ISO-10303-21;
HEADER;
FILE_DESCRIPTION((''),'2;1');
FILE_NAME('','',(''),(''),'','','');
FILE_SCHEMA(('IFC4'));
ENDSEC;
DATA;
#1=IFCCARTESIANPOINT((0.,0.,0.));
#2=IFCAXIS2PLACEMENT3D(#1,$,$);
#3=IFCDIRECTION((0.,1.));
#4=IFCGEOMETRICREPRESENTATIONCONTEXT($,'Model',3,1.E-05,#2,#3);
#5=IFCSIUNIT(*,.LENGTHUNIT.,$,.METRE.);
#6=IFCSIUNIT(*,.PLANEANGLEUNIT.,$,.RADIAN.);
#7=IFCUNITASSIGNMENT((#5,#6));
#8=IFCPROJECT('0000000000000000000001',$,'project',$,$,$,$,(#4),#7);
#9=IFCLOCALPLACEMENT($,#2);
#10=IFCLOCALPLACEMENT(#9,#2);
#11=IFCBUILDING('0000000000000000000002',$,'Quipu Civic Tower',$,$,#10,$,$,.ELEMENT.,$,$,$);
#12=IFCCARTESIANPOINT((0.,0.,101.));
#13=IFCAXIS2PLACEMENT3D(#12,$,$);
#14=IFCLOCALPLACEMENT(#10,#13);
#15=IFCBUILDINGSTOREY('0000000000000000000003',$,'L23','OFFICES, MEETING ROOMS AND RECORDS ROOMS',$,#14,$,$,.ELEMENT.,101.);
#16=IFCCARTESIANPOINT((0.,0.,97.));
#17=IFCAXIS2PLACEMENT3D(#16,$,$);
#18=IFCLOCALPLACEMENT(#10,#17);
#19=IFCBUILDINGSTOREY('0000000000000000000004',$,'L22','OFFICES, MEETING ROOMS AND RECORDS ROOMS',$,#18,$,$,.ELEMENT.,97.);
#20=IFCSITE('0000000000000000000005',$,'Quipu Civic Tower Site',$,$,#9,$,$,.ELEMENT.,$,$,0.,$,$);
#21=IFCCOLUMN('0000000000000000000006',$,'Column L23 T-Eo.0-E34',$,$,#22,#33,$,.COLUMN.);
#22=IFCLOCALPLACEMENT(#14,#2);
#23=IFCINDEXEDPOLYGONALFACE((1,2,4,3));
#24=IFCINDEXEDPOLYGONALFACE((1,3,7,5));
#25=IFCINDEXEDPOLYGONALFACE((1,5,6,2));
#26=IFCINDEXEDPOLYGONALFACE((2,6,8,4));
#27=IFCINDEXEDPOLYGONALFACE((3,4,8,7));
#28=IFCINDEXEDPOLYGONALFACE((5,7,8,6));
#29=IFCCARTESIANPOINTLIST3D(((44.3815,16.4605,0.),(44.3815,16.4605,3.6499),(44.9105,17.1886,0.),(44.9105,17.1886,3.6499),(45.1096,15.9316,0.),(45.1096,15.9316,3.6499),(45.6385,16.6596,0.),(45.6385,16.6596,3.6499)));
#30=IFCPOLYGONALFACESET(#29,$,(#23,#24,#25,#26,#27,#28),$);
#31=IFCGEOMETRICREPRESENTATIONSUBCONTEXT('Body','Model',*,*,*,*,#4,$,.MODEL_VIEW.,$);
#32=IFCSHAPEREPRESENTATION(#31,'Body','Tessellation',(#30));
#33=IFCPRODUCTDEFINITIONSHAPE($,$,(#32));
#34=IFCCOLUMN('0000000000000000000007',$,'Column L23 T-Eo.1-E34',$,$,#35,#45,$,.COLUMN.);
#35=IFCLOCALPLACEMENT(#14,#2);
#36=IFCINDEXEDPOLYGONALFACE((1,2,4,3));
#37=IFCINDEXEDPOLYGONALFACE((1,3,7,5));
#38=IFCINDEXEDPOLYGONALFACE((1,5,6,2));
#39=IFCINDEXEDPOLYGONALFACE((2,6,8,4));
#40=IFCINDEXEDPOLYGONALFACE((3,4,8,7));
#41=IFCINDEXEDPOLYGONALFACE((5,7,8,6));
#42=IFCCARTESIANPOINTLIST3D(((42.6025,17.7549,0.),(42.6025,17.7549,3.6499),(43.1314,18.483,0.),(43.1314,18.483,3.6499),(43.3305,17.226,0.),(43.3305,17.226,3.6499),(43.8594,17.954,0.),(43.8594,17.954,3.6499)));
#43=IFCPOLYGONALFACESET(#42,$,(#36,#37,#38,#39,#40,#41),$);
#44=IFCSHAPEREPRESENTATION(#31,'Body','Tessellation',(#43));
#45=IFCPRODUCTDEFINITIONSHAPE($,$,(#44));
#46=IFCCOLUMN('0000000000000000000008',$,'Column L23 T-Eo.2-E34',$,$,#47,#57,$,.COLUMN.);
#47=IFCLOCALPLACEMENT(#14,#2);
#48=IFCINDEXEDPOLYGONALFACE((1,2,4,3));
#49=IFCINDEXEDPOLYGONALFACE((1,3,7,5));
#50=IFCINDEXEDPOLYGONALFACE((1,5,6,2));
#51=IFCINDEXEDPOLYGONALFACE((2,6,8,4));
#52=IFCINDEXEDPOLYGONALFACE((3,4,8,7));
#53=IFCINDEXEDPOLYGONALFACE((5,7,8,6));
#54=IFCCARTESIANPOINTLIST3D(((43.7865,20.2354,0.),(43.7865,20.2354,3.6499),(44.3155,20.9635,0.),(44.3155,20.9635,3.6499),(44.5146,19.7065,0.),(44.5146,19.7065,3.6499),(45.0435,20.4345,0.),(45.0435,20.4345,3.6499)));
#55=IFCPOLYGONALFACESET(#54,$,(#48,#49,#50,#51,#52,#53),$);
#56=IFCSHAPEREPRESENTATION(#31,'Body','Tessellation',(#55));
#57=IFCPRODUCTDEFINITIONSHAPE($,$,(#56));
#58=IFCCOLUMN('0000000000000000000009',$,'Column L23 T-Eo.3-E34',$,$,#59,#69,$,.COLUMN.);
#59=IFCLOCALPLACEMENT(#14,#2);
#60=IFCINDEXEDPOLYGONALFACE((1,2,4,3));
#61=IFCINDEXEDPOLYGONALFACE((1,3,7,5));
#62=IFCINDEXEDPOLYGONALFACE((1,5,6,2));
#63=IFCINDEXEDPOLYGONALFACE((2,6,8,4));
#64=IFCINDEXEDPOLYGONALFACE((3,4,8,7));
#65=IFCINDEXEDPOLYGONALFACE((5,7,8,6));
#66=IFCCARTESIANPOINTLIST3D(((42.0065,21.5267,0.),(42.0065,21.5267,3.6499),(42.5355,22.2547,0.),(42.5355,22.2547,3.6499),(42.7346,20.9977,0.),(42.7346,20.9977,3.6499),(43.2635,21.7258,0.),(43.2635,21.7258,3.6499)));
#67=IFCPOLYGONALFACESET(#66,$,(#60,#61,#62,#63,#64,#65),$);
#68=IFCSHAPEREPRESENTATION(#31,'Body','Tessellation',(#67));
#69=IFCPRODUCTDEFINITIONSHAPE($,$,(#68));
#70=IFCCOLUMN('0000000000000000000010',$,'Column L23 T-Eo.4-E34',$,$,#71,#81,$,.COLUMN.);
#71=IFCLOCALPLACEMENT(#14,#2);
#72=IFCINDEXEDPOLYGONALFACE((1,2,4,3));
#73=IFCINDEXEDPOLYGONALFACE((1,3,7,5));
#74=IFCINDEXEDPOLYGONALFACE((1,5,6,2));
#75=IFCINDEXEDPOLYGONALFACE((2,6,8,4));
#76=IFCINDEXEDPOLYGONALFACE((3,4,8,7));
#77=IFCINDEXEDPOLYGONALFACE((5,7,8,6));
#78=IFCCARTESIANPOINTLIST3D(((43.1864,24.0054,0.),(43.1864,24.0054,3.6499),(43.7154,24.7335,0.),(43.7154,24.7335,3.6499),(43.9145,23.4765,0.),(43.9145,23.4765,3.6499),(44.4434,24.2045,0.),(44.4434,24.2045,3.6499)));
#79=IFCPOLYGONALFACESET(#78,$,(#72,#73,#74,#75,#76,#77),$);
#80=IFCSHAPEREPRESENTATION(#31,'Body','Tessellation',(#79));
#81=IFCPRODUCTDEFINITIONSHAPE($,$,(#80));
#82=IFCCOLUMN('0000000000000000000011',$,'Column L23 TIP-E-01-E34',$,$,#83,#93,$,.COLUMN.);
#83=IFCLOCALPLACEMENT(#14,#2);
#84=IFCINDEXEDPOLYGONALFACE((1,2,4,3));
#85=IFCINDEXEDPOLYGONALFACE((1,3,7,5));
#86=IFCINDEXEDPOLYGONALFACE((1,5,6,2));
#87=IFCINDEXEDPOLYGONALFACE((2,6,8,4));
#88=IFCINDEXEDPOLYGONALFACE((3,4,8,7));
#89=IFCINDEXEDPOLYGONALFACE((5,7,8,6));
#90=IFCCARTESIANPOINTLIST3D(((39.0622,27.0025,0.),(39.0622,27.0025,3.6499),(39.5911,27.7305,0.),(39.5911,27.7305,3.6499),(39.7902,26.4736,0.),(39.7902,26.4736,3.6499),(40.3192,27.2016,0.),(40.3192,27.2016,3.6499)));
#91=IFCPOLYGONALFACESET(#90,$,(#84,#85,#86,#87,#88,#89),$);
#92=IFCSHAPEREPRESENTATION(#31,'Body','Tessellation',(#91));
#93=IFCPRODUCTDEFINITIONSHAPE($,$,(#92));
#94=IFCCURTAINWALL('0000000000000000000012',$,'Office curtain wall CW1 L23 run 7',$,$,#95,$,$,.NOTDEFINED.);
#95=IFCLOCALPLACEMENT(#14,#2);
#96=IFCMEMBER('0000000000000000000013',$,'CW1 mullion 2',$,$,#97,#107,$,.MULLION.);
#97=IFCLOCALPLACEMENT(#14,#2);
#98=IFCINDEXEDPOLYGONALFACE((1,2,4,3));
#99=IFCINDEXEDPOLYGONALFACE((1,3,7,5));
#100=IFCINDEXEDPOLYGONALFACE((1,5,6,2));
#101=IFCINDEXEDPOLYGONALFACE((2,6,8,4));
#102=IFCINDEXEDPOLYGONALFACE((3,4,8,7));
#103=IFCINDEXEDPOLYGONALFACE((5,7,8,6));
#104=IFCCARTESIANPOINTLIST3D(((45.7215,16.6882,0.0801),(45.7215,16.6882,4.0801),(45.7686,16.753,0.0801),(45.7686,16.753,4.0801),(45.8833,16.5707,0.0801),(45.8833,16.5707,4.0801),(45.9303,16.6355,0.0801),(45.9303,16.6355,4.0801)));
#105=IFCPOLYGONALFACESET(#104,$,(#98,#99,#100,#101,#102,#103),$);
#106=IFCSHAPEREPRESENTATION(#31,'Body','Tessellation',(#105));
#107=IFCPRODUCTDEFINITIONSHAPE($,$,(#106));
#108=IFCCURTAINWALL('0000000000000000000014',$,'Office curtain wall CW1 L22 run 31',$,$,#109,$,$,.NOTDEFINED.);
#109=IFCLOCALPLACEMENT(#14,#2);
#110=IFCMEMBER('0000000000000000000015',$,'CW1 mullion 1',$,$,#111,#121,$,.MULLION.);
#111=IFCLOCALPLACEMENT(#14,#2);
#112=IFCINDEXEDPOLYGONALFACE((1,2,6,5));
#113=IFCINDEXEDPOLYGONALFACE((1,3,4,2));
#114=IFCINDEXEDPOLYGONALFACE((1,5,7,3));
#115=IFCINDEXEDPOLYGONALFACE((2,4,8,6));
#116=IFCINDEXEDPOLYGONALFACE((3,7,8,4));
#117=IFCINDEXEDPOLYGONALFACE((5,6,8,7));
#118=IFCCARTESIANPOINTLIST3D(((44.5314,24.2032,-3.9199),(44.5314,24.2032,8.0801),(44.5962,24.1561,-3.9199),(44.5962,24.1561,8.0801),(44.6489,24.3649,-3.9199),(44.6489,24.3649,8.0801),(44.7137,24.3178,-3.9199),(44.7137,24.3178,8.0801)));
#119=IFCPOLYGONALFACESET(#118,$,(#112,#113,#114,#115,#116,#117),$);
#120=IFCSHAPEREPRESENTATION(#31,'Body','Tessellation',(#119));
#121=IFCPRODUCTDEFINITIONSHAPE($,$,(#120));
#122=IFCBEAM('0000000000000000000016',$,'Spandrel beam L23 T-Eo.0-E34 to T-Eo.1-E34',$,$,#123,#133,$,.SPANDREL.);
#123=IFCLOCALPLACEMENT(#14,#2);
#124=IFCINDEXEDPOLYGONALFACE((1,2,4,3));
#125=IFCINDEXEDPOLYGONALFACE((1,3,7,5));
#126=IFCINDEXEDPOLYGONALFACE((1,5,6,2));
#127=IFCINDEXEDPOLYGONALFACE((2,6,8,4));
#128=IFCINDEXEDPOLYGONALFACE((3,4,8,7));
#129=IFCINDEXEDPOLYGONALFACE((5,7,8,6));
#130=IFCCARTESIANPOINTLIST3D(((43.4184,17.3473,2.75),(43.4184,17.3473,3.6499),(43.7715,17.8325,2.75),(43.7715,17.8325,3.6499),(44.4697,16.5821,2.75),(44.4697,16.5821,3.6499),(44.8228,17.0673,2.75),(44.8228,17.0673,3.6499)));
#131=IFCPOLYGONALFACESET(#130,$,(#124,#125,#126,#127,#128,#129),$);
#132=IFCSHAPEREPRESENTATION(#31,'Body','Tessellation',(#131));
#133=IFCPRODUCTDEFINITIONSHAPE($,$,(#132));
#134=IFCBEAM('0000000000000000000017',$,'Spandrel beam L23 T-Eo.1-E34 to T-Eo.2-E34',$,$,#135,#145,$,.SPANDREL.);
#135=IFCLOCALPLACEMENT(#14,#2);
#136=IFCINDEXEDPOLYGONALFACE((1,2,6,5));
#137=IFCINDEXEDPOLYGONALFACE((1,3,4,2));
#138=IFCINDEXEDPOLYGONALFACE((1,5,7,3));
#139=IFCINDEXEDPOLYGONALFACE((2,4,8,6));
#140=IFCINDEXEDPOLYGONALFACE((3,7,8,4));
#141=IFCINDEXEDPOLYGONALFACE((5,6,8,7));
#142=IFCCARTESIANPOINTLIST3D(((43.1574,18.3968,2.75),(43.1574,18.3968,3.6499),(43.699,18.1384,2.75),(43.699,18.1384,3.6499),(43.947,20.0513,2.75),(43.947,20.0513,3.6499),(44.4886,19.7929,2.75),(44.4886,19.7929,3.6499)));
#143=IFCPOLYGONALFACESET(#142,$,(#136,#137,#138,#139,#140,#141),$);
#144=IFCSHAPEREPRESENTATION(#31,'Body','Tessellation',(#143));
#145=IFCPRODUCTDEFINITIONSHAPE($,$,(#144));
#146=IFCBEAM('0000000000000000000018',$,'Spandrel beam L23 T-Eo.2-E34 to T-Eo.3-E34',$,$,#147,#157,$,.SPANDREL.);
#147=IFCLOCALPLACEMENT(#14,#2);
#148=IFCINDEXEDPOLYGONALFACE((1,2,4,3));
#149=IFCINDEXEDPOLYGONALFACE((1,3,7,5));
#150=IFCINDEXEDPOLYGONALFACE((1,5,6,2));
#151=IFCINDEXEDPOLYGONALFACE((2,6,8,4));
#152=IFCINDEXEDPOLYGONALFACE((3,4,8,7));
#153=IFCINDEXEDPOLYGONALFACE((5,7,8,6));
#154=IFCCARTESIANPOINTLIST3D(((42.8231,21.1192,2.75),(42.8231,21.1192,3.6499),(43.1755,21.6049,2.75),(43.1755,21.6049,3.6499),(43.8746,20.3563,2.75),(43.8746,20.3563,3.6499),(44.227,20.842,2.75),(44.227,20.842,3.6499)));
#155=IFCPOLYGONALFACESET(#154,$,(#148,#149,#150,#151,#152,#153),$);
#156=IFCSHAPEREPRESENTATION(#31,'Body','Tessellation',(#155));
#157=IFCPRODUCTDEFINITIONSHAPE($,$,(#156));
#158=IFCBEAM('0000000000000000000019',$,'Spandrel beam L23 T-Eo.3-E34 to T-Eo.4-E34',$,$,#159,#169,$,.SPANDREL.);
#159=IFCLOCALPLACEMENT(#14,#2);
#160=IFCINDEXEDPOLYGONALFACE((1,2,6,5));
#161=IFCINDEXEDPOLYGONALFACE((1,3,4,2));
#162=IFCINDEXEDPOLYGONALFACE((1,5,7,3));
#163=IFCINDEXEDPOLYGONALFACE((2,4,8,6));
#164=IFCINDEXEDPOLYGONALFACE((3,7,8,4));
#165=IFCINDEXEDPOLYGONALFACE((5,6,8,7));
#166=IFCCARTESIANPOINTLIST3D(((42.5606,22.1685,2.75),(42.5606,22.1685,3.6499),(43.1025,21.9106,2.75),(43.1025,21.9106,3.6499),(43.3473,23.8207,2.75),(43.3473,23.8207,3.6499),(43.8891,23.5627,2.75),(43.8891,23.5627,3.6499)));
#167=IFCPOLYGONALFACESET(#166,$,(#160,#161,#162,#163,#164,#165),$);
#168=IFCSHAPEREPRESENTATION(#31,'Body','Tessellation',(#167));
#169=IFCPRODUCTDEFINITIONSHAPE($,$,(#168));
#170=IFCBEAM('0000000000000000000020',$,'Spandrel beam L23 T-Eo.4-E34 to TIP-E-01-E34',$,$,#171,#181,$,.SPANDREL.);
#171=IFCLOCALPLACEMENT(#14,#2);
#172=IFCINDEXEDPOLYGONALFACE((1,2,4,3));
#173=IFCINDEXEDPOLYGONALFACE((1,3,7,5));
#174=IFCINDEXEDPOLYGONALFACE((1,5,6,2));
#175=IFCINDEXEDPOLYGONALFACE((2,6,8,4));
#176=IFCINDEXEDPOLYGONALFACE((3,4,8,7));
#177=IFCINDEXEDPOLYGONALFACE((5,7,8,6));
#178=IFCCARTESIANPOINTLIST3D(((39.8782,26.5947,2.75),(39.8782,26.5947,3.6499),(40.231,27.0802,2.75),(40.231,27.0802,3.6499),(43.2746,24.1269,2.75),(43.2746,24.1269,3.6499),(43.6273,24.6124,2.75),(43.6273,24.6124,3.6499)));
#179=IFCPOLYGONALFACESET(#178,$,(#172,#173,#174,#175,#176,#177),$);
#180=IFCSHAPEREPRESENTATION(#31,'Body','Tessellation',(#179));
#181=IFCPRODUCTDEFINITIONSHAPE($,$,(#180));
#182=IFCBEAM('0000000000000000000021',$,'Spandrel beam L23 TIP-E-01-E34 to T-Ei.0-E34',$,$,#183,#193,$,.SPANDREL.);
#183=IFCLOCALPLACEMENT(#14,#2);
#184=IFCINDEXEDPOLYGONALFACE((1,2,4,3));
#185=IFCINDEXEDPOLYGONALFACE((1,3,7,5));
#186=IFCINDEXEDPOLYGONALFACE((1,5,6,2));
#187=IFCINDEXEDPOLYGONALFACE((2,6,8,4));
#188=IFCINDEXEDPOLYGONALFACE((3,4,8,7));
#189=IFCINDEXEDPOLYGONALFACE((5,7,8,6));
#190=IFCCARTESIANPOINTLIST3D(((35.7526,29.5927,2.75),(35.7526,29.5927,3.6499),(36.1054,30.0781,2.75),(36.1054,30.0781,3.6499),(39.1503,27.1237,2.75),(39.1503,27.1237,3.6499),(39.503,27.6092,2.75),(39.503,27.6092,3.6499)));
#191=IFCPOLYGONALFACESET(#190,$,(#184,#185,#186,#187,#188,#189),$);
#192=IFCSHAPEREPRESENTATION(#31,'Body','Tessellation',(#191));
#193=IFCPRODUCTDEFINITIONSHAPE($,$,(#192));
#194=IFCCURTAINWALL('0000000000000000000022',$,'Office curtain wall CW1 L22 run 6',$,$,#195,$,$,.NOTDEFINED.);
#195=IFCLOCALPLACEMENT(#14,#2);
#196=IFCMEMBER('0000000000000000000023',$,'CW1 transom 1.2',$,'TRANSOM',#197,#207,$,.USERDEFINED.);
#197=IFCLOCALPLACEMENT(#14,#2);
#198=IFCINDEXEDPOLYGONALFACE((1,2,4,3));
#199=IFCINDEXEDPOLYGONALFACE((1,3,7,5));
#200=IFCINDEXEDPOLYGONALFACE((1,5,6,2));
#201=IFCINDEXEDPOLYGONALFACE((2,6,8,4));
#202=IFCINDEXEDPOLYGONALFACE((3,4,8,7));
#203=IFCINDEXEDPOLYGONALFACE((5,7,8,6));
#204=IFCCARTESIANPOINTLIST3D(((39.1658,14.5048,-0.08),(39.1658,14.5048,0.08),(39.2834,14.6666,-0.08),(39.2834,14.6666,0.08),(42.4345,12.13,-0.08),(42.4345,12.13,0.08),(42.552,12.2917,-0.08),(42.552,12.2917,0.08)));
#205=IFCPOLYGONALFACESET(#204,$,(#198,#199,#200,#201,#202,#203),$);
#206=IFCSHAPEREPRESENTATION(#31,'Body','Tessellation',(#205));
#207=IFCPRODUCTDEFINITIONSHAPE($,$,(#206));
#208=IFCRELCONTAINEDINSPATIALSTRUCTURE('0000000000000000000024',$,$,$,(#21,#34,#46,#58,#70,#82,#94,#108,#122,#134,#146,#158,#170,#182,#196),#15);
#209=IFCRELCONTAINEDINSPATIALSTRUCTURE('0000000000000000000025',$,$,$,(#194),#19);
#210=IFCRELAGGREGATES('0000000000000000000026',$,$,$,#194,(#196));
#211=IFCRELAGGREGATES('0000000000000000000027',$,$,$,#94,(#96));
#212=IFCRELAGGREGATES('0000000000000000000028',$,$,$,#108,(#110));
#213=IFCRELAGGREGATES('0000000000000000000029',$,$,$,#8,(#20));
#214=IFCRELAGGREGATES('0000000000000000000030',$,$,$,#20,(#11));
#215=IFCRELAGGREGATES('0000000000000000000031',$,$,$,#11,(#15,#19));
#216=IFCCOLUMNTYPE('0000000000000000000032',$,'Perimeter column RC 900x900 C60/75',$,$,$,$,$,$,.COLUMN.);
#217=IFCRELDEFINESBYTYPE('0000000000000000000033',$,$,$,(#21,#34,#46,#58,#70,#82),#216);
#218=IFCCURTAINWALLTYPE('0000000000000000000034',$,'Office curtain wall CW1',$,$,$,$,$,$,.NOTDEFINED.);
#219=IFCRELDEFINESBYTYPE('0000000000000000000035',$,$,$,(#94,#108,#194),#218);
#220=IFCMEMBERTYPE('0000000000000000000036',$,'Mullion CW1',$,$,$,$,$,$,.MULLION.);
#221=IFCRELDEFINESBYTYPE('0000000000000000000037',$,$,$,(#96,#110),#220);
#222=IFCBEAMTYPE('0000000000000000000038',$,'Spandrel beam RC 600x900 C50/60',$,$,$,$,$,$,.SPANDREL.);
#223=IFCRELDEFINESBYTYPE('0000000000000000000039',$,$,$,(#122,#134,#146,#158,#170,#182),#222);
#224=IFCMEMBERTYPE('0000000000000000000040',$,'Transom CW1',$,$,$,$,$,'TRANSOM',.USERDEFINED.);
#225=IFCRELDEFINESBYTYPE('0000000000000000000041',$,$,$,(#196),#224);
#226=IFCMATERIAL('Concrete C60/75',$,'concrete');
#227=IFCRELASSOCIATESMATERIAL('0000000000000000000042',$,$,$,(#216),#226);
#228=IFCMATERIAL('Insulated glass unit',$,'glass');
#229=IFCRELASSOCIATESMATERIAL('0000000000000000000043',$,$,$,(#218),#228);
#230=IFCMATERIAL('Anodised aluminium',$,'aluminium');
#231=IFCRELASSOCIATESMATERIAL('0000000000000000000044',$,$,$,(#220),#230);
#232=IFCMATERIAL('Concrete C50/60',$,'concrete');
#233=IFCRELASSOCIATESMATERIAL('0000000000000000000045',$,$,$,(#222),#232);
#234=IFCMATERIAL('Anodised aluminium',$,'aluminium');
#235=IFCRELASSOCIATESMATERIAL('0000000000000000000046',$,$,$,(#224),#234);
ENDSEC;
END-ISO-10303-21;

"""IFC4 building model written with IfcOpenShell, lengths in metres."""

from ifc_helpers import new_model, si_unit, direction, frame, origin, origin_2d, place, context, subcontext, project, spatial, rectangle, extrude, material, material_profile, profile_set, type_object, element, aggregate, save


model = new_model("IFC4")

# Units and contexts
model_context = context("Model", 3, precision=1e-05, world=origin(), true_north=direction((0.0, 1.0)))
body_context = subcontext(model_context, "Body", "Model", "MODEL_VIEW")
ifc_project = project(units=[si_unit("LENGTHUNIT", "METRE"), si_unit("PLANEANGLEUNIT", "RADIAN")], contexts=[model_context])

# Site, building, storey
site_placement = place(None, origin())
site = spatial("IfcSite", under=ifc_project, at=site_placement, Name="Quipu Civic Tower Site", CompositionType="ELEMENT", RefElevation=0.0)
building_placement = place(site_placement, origin())
building = spatial("IfcBuilding", under=site, at=building_placement, Name="Quipu Civic Tower", CompositionType="ELEMENT")
storey_1_placement = place(building_placement, frame((0.0, 0.0, 101.0)))
storey_1 = spatial("IfcBuildingStorey", under=building, at=storey_1_placement, Name="L23", Description="OFFICES, MEETING ROOMS AND RECORDS ROOMS", CompositionType="ELEMENT", Elevation=101.0)

# Columns
ifc_material_1 = material(Name="Concrete C60/75", Category="concrete")
ifc_material_profile_1 = material_profile(ifc_material_1, rectangle(XDim=0.8999, YDim=0.8999, at=origin_2d()), Name="RC900x900")
ifc_profile_set_1 = profile_set([ifc_material_profile_1], Name="Concrete C60/75")
column_type = type_object("IfcColumnType", Name="Perimeter column RC 900x900 C60/75", PredefinedType="COLUMN", material=ifc_profile_set_1)
for number, where, z_axis, x_axis, name in (
    (1, (45.01, 16.5601, 0.0), (0.0, 0.0, 1.0), (0.587785, 0.809017, 0.0), "Column L23 T-Eo.0-E34"),
    (2, (43.231, 17.8545, 0.0), (0.0, 0.0, 1.0), (0.587785, 0.809017, 0.0), "Column L23 T-Eo.1-E34"),
    (3, (44.415, 20.335, 0.0), (0.0, 0.0, 1.0), (0.587785, 0.809017, 0.0), "Column L23 T-Eo.2-E34"),
    (4, (42.635, 21.6262, 0.0), (0.0, 0.0, 1.0), (-0.809017, 0.587785, 0.0), "Column L23 T-Eo.3-E34"),
    (5, (43.8149, 24.105, 0.0), (0.0, 0.0, 1.0), (-0.809017, 0.587785, 0.0), "Column L23 T-Eo.4-E34"),
    (6, (39.6907, 27.1021, 0.0), (0.0, 0.0, 1.0), (-0.809017, 0.587785, 0.0), "Column L23 TIP-E-01-E34"),
):
    element("IfcColumn", number, at=place(storey_1_placement, frame(where, z_axis=z_axis, x_axis=x_axis)), inside=storey_1, type_object=column_type, Name=name, PredefinedType="COLUMN", context=body_context, shape_type="SweptSolid", body=[
        extrude(rectangle(XDim=0.8999, YDim=0.8999, at=origin_2d()), origin(), (0.0, 0.0, 1.0), 3.6499),
    ])

# Curtain walls, members
ifc_material_2 = material(Name="Insulated glass unit", Category="glass")
curtain_wall_type = type_object("IfcCurtainWallType", Name="Office curtain wall CW1", PredefinedType="NOTDEFINED", material=ifc_material_2)
curtain_wall_1_placement = place(storey_1_placement, origin())
curtain_wall_1 = element("IfcCurtainWall", 7, at=curtain_wall_1_placement, inside=storey_1, type_object=curtain_wall_type, Name="Office curtain wall CW1 L23 run 7", PredefinedType="NOTDEFINED")
ifc_material_3 = material(Name="Anodised aluminium", Category="aluminium")
ifc_material_profile_2 = material_profile(ifc_material_3, rectangle(XDim=0.2, YDim=0.0801, at=origin_2d()), Name="RECT 200x80")
ifc_profile_set_2 = profile_set([ifc_material_profile_2], Name="Anodised aluminium")
member_type_1 = type_object("IfcMemberType", Name="Mullion CW1", PredefinedType="MULLION", material=ifc_profile_set_2)
member_1_placement = place(storey_1_placement, frame((45.8259, 16.6619, 0.0801), z_axis=(0.0, 0.0, 1.0), x_axis=(-0.809016, 0.587787, 0.0)))
member_1 = element("IfcMember", 8, at=member_1_placement, type_object=member_type_1, Name="CW1 mullion 2", PredefinedType="MULLION", context=body_context, shape_type="SweptSolid", body=[
    extrude(rectangle(XDim=0.2, YDim=0.0801, at=origin_2d()), origin(), (0.0, 0.0, 1.0), 4.0),
])
curtain_wall_2_placement = place(storey_1_placement, origin())
curtain_wall_2 = element("IfcCurtainWall", 9, at=curtain_wall_2_placement, inside=storey_1, type_object=curtain_wall_type, Name="Office curtain wall CW1 L22 run 31", PredefinedType="NOTDEFINED")
member_2_placement = place(storey_1_placement, frame((44.6226, 24.2605, -3.9199), z_axis=(0.0, 0.0, 1.0), x_axis=(-0.587788, -0.809015, 0.0)))
member_2 = element("IfcMember", 10, at=member_2_placement, type_object=member_type_1, Name="CW1 mullion 1", PredefinedType="MULLION", context=body_context, shape_type="SweptSolid", body=[
    extrude(rectangle(XDim=0.2, YDim=0.0801, at=origin_2d()), origin(), (0.0, 0.0, 1.0), 12.0),
])

# Beams
ifc_material_4 = material(Name="Concrete C50/60", Category="concrete")
ifc_material_profile_3 = material_profile(ifc_material_4, rectangle(XDim=0.6001, YDim=0.8999, at=origin_2d()), Name="RC600x900")
ifc_profile_set_3 = profile_set([ifc_material_profile_3], Name="Concrete C50/60")
beam_type = type_object("IfcBeamType", Name="Spandrel beam RC 600x900 C50/60", PredefinedType="SPANDREL", material=ifc_profile_set_3)
beam_1_placement = place(storey_1_placement, frame((44.6462, 16.8247, 3.2), z_axis=(-0.808525, 0.588462, 0.0), x_axis=(-0.588462, -0.808525, 0.0)))
element("IfcBeam", 11, at=beam_1_placement, inside=storey_1, type_object=beam_type, Name="Spandrel beam L23 T-Eo.0-E34 to T-Eo.1-E34", PredefinedType="SPANDREL", context=body_context, shape_type="SweptSolid", body=[
    extrude(rectangle(XDim=0.6001, YDim=0.8999, at=origin_2d()), origin(), (0.0, 0.0, 1.0), 1.3003),
])
beam_2_placement = place(storey_1_placement, frame((43.4282, 18.2676, 3.2), z_axis=(0.430678, 0.902506, 0.0), x_axis=(-0.902506, 0.430678, 0.0)))
element("IfcBeam", 12, at=beam_2_placement, inside=storey_1, type_object=beam_type, Name="Spandrel beam L23 T-Eo.1-E34 to T-Eo.2-E34", PredefinedType="SPANDREL", context=body_context, shape_type="SweptSolid", body=[
    extrude(rectangle(XDim=0.6001, YDim=0.8999, at=origin_2d()), origin(), (0.0, 0.0, 1.0), 1.8333),
])
beam_3_placement = place(storey_1_placement, frame((44.0508, 20.5991, 3.2), z_axis=(-0.809394, 0.587266, 0.0), x_axis=(-0.587266, -0.809394, 0.0)))
element("IfcBeam", 13, at=beam_3_placement, inside=storey_1, type_object=beam_type, Name="Spandrel beam L23 T-Eo.2-E34 to T-Eo.3-E34", PredefinedType="SPANDREL", context=body_context, shape_type="SweptSolid", body=[
    extrude(rectangle(XDim=0.6001, YDim=0.8999, at=origin_2d()), origin(), (0.0, 0.0, 1.0), 1.2991),
])
beam_4_placement = place(storey_1_placement, frame((42.8315, 22.0396, 3.2), z_axis=(0.429892, 0.90288, 0.0), x_axis=(-0.90288, 0.429892, 0.0)))
element("IfcBeam", 14, at=beam_4_placement, inside=storey_1, type_object=beam_type, Name="Spandrel beam L23 T-Eo.3-E34 to T-Eo.4-E34", PredefinedType="SPANDREL", context=body_context, shape_type="SweptSolid", body=[
    extrude(rectangle(XDim=0.6001, YDim=0.8999, at=origin_2d()), origin(), (0.0, 0.0, 1.0), 1.8298),
])
beam_5_placement = place(storey_1_placement, frame((43.4509, 24.3696, 3.2), z_axis=(-0.808987, 0.587826, 0.0), x_axis=(-0.587826, -0.808987, 0.0)))
element("IfcBeam", 15, at=beam_5_placement, inside=storey_1, type_object=beam_type, Name="Spandrel beam L23 T-Eo.4-E34 to TIP-E-01-E34", PredefinedType="SPANDREL", context=body_context, shape_type="SweptSolid", body=[
    extrude(rectangle(XDim=0.6001, YDim=0.8999, at=origin_2d()), origin(), (0.0, 0.0, 1.0), 4.1982),
])
beam_6_placement = place(storey_1_placement, frame((39.3267, 27.3665, 3.2), z_axis=(-0.80897, 0.58785, 0.0), x_axis=(-0.58785, -0.80897, 0.0)))
element("IfcBeam", 16, at=beam_6_placement, inside=storey_1, type_object=beam_type, Name="Spandrel beam L23 TIP-E-01-E34 to T-Ei.0-E34", PredefinedType="SPANDREL", context=body_context, shape_type="SweptSolid", body=[
    extrude(rectangle(XDim=0.6001, YDim=0.8999, at=origin_2d()), origin(), (0.0, 0.0, 1.0), 4.2),
])

# Shared definitions
storey_2_placement = place(building_placement, frame((0.0, 0.0, 97.0)))
storey_2 = spatial("IfcBuildingStorey", under=building, at=storey_2_placement, Name="L22", Description="OFFICES, MEETING ROOMS AND RECORDS ROOMS", CompositionType="ELEMENT", Elevation=97.0)

# Curtain wall, member
curtain_wall_3_placement = place(storey_2_placement, origin())
curtain_wall_3 = element("IfcCurtainWall", 17, at=curtain_wall_3_placement, inside=storey_2, type_object=curtain_wall_type, Name="Office curtain wall CW1 L22 run 6", PredefinedType="NOTDEFINED")
ifc_material_5 = material(Name="Anodised aluminium", Category="aluminium")
ifc_material_profile_4 = material_profile(ifc_material_5, rectangle(XDim=0.2, YDim=0.1599, at=origin_2d()), Name="RECT 200x160")
ifc_profile_set_4 = profile_set([ifc_material_profile_4], Name="Anodised aluminium")
member_type_2 = type_object("IfcMemberType", Name="Transom CW1", ElementType="TRANSOM", PredefinedType="USERDEFINED", material=ifc_profile_set_4)
member_3_placement = place(storey_1_placement, frame((39.2246, 14.5857, 0.0), z_axis=(0.809016, -0.587787, 0.0), x_axis=(0.587787, 0.809016, 0.0)))
member_3 = element("IfcMember", 18, at=member_3_placement, inside=storey_1, type_object=member_type_2, Name="CW1 transom 1.2", ObjectType="TRANSOM", PredefinedType="USERDEFINED", context=body_context, shape_type="SweptSolid", body=[
    extrude(rectangle(XDim=0.2, YDim=0.1599, at=origin_2d()), origin(), (0.0, 0.0, 1.0), 4.0403),
])
aggregate(curtain_wall_3, [member_3])

aggregate(curtain_wall_1, [member_1])
aggregate(curtain_wall_2, [member_2])

save(model, "model.ifc")
